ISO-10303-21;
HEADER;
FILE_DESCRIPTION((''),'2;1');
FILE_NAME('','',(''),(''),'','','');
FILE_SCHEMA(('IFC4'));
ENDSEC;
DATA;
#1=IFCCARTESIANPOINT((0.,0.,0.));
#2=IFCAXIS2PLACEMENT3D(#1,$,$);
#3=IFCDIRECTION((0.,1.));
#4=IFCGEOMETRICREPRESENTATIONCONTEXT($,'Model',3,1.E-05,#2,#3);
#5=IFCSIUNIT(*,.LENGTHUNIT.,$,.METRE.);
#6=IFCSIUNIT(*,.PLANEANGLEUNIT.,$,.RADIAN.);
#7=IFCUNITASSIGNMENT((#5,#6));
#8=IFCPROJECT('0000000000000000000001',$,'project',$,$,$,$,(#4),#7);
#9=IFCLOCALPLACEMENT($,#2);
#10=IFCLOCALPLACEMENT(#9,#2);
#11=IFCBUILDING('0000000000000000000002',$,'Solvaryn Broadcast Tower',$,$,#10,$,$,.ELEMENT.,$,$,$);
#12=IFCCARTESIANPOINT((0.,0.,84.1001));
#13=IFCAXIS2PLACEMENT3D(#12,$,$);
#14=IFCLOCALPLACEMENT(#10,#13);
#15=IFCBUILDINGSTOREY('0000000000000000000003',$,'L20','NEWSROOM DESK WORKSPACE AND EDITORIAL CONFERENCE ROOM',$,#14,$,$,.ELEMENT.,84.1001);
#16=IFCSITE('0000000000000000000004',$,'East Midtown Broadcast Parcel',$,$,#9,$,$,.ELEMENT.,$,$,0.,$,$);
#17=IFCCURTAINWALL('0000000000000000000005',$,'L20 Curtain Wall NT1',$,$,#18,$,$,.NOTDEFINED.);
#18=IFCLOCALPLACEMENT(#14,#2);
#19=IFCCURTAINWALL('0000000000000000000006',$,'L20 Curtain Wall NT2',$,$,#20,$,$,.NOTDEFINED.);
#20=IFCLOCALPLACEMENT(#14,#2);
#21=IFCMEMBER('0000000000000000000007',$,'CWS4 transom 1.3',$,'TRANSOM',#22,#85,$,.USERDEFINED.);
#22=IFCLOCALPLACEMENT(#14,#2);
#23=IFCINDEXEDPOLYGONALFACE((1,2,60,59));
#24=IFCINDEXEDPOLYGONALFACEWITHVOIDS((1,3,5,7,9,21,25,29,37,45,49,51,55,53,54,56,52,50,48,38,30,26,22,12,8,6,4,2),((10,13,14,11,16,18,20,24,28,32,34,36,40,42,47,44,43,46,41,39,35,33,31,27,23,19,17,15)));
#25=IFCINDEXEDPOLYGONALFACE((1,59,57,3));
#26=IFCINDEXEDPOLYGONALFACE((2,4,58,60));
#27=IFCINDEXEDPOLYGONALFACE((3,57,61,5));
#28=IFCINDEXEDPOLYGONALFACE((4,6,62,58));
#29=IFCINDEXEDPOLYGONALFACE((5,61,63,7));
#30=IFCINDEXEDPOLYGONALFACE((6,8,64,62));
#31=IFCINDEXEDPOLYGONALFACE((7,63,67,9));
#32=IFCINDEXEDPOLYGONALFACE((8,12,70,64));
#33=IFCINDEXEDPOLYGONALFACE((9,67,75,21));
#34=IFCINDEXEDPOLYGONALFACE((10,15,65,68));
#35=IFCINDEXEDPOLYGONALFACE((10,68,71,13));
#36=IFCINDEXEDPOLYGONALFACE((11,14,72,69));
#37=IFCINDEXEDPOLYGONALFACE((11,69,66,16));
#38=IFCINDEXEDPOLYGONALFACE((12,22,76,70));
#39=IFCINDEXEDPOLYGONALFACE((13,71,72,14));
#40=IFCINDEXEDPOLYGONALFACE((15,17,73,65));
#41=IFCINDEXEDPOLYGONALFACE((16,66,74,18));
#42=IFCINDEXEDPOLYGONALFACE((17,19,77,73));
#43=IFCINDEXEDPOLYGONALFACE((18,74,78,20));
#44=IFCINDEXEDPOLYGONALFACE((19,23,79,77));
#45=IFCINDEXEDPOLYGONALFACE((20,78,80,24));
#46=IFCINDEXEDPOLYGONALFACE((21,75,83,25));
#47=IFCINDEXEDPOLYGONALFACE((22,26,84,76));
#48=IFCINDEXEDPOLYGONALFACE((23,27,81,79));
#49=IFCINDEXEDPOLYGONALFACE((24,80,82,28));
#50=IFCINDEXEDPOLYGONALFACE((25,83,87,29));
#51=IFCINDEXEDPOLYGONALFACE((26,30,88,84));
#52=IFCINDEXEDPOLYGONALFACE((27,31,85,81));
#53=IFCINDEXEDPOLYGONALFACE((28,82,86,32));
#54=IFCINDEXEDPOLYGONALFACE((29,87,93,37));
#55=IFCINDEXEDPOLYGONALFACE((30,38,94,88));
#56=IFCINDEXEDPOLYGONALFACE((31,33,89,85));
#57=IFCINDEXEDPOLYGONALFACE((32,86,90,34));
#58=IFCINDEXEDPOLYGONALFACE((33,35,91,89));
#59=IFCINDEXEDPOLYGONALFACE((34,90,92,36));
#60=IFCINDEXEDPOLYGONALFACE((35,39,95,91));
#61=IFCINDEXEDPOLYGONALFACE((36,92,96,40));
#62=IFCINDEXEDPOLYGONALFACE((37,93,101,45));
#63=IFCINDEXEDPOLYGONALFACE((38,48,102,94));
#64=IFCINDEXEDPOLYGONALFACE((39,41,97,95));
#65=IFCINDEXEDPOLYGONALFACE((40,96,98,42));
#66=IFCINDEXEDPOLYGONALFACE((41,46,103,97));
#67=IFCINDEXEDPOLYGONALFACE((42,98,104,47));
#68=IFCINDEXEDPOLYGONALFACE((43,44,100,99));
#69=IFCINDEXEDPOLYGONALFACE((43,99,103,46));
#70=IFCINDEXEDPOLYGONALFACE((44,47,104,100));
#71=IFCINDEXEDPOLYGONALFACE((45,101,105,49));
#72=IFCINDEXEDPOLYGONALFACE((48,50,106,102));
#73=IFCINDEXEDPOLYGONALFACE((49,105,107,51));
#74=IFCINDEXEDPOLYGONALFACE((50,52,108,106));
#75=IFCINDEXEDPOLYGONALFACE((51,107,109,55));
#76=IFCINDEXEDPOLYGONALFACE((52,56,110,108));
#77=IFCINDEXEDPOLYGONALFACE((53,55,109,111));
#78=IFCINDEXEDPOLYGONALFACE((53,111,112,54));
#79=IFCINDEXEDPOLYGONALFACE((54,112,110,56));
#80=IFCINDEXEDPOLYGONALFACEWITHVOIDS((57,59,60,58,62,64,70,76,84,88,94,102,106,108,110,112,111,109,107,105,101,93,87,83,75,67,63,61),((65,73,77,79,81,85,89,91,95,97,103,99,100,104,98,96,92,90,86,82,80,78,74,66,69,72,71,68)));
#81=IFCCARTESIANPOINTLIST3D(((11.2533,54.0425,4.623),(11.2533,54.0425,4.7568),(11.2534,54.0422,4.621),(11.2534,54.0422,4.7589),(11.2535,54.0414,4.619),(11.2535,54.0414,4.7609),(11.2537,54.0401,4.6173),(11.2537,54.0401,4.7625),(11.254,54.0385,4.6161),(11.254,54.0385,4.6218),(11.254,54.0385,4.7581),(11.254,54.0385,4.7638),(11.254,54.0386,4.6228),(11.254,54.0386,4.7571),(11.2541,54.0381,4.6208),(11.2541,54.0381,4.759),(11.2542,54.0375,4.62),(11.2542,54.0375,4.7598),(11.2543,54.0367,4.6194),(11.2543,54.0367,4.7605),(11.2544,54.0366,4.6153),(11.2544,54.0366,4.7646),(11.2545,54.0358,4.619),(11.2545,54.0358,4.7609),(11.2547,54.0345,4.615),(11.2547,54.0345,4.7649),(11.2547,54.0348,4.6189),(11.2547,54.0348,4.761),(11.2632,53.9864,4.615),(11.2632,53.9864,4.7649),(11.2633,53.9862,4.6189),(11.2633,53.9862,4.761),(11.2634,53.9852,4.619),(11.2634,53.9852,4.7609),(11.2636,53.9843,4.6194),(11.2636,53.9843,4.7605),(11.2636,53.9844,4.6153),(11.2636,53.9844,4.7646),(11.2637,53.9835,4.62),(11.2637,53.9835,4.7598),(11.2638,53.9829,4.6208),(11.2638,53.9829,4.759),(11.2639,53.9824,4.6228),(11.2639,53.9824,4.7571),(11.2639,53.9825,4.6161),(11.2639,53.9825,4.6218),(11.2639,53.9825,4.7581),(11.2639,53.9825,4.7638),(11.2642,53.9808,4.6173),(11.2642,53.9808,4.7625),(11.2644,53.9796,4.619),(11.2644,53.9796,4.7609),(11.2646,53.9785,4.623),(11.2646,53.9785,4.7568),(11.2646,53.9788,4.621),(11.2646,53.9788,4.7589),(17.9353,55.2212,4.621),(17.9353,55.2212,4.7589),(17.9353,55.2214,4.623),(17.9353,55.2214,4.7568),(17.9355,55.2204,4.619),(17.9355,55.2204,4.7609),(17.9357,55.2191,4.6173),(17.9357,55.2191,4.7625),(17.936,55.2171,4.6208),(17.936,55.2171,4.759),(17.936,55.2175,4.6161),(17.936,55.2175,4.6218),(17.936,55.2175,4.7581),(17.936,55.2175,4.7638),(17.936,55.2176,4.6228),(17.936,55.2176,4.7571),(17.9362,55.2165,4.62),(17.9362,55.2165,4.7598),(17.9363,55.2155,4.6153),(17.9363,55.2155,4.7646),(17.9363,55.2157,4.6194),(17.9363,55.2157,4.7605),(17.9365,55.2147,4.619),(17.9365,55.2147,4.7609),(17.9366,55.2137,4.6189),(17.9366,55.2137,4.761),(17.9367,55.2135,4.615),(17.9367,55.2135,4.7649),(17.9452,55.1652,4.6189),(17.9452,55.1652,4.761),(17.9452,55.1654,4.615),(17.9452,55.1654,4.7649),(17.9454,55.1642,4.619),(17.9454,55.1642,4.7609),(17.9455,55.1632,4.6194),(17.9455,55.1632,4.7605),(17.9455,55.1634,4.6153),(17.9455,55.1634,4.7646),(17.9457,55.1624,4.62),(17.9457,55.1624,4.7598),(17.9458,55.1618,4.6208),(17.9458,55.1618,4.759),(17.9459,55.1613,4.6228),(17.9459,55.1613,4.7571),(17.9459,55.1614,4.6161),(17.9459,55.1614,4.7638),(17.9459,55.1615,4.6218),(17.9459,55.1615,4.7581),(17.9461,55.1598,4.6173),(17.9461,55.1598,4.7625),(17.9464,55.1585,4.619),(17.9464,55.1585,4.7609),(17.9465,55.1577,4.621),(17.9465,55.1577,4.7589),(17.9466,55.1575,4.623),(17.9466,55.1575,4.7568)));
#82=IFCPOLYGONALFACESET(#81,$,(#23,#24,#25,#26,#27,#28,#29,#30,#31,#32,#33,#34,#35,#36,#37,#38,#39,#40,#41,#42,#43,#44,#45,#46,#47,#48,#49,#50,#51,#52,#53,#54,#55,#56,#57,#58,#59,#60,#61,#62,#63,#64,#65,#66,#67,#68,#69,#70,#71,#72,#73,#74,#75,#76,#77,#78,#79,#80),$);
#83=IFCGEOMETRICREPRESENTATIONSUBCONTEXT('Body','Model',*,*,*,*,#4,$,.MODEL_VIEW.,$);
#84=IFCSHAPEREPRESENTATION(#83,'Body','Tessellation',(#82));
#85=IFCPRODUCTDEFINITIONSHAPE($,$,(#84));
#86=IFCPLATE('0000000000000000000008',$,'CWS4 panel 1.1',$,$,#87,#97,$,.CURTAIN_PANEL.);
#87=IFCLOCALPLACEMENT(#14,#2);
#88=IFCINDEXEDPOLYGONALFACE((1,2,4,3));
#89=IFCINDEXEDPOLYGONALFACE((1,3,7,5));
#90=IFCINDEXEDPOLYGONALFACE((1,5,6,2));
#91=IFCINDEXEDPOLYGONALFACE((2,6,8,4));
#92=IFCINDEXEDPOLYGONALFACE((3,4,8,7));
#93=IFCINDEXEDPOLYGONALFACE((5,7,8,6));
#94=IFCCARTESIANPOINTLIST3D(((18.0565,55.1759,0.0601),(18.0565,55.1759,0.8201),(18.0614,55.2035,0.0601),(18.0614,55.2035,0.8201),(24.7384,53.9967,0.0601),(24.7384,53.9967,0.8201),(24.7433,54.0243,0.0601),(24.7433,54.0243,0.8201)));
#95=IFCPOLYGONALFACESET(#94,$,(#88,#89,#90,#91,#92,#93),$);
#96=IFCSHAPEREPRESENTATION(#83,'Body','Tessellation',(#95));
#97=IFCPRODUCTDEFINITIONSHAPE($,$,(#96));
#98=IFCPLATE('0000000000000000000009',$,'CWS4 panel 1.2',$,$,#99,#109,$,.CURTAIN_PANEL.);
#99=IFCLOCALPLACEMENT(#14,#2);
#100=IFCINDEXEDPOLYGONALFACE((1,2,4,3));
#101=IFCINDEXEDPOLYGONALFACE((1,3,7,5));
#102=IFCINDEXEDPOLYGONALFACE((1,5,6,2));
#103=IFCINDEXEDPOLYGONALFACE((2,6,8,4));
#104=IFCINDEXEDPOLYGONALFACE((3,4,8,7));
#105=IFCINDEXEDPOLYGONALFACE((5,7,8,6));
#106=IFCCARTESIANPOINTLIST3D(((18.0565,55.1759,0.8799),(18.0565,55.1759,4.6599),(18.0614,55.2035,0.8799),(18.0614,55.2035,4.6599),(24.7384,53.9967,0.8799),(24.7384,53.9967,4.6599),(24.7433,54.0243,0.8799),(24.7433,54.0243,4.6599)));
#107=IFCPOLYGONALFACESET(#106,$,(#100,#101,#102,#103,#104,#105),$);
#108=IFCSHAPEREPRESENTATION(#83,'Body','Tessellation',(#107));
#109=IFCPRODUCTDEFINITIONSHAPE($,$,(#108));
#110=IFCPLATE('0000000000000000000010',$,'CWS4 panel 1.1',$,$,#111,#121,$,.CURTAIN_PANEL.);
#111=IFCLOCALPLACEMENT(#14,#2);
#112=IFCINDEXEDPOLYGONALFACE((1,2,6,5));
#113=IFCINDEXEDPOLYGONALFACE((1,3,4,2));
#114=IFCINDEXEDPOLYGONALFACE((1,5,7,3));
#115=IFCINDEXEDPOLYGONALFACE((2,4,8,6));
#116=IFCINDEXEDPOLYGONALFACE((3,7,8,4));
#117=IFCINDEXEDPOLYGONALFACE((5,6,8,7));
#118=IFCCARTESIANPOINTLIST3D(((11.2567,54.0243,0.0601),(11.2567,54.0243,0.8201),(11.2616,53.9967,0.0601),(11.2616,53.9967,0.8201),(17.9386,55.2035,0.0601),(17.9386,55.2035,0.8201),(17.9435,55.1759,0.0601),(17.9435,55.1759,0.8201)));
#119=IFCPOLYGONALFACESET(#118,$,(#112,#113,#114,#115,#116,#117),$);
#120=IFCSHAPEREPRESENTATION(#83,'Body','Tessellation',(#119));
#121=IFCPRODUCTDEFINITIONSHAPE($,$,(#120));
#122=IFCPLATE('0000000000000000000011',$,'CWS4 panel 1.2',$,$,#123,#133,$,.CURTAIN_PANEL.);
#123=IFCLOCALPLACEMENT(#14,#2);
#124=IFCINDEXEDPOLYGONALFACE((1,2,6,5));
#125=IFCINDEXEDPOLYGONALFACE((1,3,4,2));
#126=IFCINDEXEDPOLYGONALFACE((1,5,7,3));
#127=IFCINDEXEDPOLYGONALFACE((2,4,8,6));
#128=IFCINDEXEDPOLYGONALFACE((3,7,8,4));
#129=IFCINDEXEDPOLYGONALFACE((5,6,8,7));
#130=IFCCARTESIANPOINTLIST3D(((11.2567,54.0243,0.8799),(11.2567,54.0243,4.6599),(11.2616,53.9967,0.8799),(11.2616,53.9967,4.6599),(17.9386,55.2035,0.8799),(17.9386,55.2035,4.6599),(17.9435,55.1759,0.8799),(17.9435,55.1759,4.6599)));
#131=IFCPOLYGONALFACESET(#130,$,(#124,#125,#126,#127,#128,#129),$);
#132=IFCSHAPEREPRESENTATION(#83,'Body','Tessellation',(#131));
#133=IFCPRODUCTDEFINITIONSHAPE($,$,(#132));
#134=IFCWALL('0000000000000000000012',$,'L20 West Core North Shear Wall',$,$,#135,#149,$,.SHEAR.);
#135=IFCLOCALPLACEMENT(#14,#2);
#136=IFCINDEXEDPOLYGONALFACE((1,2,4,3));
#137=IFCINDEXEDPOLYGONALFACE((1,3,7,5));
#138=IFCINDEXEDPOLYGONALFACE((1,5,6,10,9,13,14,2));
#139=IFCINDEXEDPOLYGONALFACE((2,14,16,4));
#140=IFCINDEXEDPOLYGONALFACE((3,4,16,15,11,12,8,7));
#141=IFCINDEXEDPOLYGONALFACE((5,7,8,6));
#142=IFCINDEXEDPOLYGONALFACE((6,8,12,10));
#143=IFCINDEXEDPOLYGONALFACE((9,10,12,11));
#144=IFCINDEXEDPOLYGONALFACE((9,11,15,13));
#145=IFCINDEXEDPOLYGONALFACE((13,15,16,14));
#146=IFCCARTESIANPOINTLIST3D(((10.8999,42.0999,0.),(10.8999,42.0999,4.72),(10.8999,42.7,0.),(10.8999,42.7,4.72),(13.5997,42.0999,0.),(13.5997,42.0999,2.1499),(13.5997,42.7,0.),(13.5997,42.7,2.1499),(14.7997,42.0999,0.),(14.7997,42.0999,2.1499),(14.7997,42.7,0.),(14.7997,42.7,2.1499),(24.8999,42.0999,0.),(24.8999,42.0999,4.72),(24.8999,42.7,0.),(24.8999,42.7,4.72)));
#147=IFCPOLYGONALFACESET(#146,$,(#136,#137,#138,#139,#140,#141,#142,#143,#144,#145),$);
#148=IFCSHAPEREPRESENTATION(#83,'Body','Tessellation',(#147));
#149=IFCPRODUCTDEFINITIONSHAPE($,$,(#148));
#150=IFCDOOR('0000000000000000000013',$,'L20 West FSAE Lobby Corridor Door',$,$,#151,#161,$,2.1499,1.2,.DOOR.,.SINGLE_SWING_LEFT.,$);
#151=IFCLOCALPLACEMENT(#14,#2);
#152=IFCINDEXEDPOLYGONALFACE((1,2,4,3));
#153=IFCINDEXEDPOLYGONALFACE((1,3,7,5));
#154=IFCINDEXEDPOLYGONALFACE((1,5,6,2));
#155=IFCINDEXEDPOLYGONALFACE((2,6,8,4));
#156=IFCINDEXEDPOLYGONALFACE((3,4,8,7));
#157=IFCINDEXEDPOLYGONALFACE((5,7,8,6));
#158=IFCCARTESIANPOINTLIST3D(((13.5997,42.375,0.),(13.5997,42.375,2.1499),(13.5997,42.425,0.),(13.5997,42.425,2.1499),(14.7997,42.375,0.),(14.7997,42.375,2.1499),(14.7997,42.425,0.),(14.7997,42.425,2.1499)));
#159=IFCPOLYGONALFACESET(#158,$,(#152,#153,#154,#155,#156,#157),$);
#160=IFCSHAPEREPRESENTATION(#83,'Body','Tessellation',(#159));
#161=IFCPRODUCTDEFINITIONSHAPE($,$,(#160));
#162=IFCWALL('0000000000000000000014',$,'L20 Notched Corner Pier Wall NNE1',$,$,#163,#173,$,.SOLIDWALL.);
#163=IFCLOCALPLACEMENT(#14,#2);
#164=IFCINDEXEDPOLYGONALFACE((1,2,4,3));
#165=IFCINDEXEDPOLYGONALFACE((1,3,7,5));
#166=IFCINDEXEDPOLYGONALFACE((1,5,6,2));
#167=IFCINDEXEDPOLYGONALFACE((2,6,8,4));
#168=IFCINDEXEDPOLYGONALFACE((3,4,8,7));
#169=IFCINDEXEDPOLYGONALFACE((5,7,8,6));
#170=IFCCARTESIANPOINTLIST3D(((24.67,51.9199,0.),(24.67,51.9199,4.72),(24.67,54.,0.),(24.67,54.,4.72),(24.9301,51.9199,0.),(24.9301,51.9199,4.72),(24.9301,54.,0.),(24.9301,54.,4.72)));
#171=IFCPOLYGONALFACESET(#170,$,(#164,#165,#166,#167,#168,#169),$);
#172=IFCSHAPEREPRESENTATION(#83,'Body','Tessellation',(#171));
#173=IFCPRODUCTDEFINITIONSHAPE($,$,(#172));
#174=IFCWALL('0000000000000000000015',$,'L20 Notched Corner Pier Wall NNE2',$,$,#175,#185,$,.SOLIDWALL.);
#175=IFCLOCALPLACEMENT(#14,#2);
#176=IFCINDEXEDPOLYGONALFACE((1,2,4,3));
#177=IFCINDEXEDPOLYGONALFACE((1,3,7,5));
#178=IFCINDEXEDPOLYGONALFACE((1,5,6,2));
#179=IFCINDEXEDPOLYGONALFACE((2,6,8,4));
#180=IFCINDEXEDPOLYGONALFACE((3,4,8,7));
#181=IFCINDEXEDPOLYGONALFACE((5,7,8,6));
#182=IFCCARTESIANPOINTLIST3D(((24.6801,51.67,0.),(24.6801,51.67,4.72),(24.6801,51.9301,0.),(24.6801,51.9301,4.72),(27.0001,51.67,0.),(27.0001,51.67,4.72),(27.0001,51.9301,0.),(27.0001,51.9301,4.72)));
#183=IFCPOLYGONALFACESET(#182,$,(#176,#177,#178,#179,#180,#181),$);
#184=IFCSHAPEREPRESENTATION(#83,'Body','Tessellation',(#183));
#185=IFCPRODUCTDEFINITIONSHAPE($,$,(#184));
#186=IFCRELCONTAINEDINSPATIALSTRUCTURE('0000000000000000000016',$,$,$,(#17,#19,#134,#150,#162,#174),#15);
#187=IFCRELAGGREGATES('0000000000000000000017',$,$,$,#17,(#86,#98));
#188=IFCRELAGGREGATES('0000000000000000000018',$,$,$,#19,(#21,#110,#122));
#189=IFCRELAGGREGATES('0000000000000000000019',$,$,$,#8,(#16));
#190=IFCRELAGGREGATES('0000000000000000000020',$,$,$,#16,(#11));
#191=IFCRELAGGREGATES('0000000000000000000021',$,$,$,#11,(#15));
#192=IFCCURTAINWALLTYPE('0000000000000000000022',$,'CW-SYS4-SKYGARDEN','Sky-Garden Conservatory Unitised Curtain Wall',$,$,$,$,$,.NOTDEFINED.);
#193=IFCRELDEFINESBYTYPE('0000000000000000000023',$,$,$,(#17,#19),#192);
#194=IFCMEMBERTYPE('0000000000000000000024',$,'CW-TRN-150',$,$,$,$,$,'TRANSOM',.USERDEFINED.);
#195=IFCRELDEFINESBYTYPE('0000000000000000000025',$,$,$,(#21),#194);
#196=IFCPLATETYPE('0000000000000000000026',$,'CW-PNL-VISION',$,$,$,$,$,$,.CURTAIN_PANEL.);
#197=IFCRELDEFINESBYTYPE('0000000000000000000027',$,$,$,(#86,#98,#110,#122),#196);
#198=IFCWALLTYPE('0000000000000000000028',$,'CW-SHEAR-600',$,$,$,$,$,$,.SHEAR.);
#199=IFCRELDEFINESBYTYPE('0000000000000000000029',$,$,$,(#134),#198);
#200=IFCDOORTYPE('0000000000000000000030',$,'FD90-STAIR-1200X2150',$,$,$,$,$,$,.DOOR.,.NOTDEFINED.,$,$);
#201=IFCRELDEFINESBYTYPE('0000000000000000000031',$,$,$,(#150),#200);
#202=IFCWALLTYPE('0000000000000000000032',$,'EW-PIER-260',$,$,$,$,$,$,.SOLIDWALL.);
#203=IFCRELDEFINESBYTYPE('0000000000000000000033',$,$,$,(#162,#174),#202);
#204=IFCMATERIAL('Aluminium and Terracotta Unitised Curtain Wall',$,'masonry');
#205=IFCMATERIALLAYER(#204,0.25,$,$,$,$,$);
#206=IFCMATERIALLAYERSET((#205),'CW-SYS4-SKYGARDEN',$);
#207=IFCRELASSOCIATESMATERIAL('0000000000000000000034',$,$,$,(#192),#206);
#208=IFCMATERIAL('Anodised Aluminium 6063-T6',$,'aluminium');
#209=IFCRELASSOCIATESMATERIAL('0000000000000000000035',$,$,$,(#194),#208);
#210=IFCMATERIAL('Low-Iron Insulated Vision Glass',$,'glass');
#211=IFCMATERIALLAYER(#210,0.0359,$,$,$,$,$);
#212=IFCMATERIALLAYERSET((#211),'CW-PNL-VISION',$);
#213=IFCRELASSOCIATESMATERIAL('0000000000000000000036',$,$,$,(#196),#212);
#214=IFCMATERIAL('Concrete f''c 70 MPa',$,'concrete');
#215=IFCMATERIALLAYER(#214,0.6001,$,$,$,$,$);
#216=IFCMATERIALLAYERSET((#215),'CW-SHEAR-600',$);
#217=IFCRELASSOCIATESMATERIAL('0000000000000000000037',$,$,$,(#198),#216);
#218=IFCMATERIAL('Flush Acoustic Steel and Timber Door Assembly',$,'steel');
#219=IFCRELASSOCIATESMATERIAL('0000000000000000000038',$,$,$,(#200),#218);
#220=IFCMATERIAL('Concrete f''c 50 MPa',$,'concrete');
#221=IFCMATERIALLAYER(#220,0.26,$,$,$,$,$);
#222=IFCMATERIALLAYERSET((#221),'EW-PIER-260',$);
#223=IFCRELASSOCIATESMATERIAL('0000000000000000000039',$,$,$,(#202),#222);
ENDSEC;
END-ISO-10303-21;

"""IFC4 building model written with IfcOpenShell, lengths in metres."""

from ifc_helpers import new_model, si_unit, direction, frame, frame_2d, origin, origin_2d, place, context, subcontext, project, spatial, rectangle, hollow_rectangle, extrude, material, layer, layer_set, material_profile, profile_set, type_object, element, fill, aggregate, save


model = new_model("IFC4")

# Units and contexts
model_context = context("Model", 3, precision=1e-05, world=origin(), true_north=direction((0.0, 1.0)))
body_context = subcontext(model_context, "Body", "Model", "MODEL_VIEW")
ifc_project = project(units=[si_unit("LENGTHUNIT", "METRE"), si_unit("PLANEANGLEUNIT", "RADIAN")], contexts=[model_context])

# Site, building, storey
site_placement = place(None, origin())
site = spatial("IfcSite", under=ifc_project, at=site_placement, Name="East Midtown Broadcast Parcel", CompositionType="ELEMENT", RefElevation=0.0)
building_placement = place(site_placement, origin())
building = spatial("IfcBuilding", under=site, at=building_placement, Name="Solvaryn Broadcast Tower", CompositionType="ELEMENT")
storey_placement = place(building_placement, frame((0.0, 0.0, 84.1001)))
storey = spatial("IfcBuildingStorey", under=building, at=storey_placement, Name="L20", Description="NEWSROOM DESK WORKSPACE AND EDITORIAL CONFERENCE ROOM", CompositionType="ELEMENT", Elevation=84.1001)

# Curtain wall
ifc_material_1 = material(Name="Aluminium and Terracotta Unitised Curtain Wall", Category="masonry")
ifc_layer_1 = layer(ifc_material_1, 0.25)
ifc_layer_set_1 = layer_set([ifc_layer_1], Name="CW-SYS4-SKYGARDEN")
curtain_wall_type = type_object("IfcCurtainWallType", Name="CW-SYS4-SKYGARDEN", Description="Sky-Garden Conservatory Unitised Curtain Wall", PredefinedType="NOTDEFINED", material=ifc_layer_set_1)
curtain_wall_1_placement = place(storey_placement, origin())
curtain_wall_1 = element("IfcCurtainWall", 1, at=curtain_wall_1_placement, inside=storey, type_object=curtain_wall_type, Name="L20 Curtain Wall NT1", PredefinedType="NOTDEFINED")

# Curtain wall
curtain_wall_2_placement = place(storey_placement, origin())
curtain_wall_2 = element("IfcCurtainWall", 2, at=curtain_wall_2_placement, inside=storey, type_object=curtain_wall_type, Name="L20 Curtain Wall NT2", PredefinedType="NOTDEFINED")

# Member
ifc_material_2 = material(Name="Anodised Aluminium 6063-T6", Category="aluminium")
ifc_material_profile_1 = material_profile(ifc_material_2, hollow_rectangle(XDim=0.0649, YDim=0.1499, WallThickness=0.0039, InnerFilletRadius=0.0039, OuterFilletRadius=0.0081, at=origin_2d()))
ifc_profile_set_1 = profile_set([ifc_material_profile_1], Name="Anodised Aluminium 6063-T6")
member_type_1 = type_object("IfcMemberType", Name="CW-TRN-150", ElementType="TRANSOM", PredefinedType="USERDEFINED", material=ifc_profile_set_1)
member_1_placement = place(storey_placement, frame((17.9409, 55.1895, 4.6899), z_axis=(-0.984789, -0.173757, 0.0), x_axis=(0.173757, -0.984789, 0.0)))
member_1 = element("IfcMember", 3, at=member_1_placement, type_object=member_type_1, Name="CWS4 transom 1.3", ObjectType="TRANSOM", PredefinedType="USERDEFINED", context=body_context, shape_type="SweptSolid", body=[
    extrude(hollow_rectangle(XDim=0.0649, YDim=0.1499, WallThickness=0.0039, InnerFilletRadius=0.0039, OuterFilletRadius=0.0081, at=origin_2d()), origin(), (0.0, 0.0, 1.0), 6.7852),
])

# Plates
ifc_material_3 = material(Name="Low-Iron Insulated Vision Glass", Category="glass")
ifc_layer_2 = layer(ifc_material_3, 0.0359)
ifc_layer_set_2 = layer_set([ifc_layer_2], Name="CW-PNL-VISION")
plate_type = type_object("IfcPlateType", Name="CW-PNL-VISION", PredefinedType="CURTAIN_PANEL", material=ifc_layer_set_2)
plate_1_placement = place(storey_placement, frame((21.3999, 54.6001, 0.0601), z_axis=(0.0, 0.0, 1.0), x_axis=(-0.984784, 0.173785, 0.0)))
plate_1 = element("IfcPlate", 4, at=plate_1_placement, type_object=plate_type, Name="CWS4 panel 1.1", PredefinedType="CURTAIN_PANEL", context=body_context, shape_type="SweptSolid", body=[
    extrude(rectangle(XDim=6.7852, YDim=0.0281, at=origin_2d()), origin(), (0.0, 0.0, 1.0), 0.76),
])
plate_2_placement = place(storey_placement, frame((21.3999, 54.6001, 0.8799), z_axis=(0.0, 0.0, 1.0), x_axis=(-0.984784, 0.173785, 0.0)))
plate_2 = element("IfcPlate", 5, at=plate_2_placement, type_object=plate_type, Name="CWS4 panel 1.2", PredefinedType="CURTAIN_PANEL", context=body_context, shape_type="SweptSolid", body=[
    extrude(rectangle(XDim=6.7852, YDim=0.0281, at=origin_2d()), origin(), (0.0, 0.0, 1.0), 3.78),
])
aggregate(curtain_wall_1, [plate_1, plate_2])
plate_3_placement = place(storey_placement, frame((14.6001, 54.6001, 0.0601), z_axis=(0.0, 0.0, 1.0), x_axis=(-0.984784, -0.173785, 0.0)))
plate_3 = element("IfcPlate", 6, at=plate_3_placement, type_object=plate_type, Name="CWS4 panel 1.1", PredefinedType="CURTAIN_PANEL", context=body_context, shape_type="SweptSolid", body=[
    extrude(rectangle(XDim=6.7852, YDim=0.0281, at=origin_2d()), origin(), (0.0, 0.0, 1.0), 0.76),
])
plate_4_placement = place(storey_placement, frame((14.6001, 54.6001, 0.8799), z_axis=(0.0, 0.0, 1.0), x_axis=(-0.984784, -0.173785, 0.0)))
plate_4 = element("IfcPlate", 7, at=plate_4_placement, type_object=plate_type, Name="CWS4 panel 1.2", PredefinedType="CURTAIN_PANEL", context=body_context, shape_type="SweptSolid", body=[
    extrude(rectangle(XDim=6.7852, YDim=0.0281, at=origin_2d()), origin(), (0.0, 0.0, 1.0), 3.78),
])
aggregate(curtain_wall_2, [member_1, plate_3, plate_4])

# Wall, opening, door
ifc_material_4 = material(Name="Concrete f'c 70 MPa", Category="concrete")
ifc_layer_3 = layer(ifc_material_4, 0.6001)
ifc_layer_set_3 = layer_set([ifc_layer_3], Name="CW-SHEAR-600")
wall_type_1 = type_object("IfcWallType", Name="CW-SHEAR-600", PredefinedType="SHEAR", material=ifc_layer_set_3)
wall_1_placement = place(storey_placement, frame((24.8999, 42.3999, 0.0), z_axis=(0.0, 0.0, 1.0), x_axis=(-1.0, 0.0, 0.0)))
wall_1 = element("IfcWall", 8, at=wall_1_placement, inside=storey, type_object=wall_type_1, Name="L20 West Core North Shear Wall", PredefinedType="SHEAR", context=body_context, shape_type="SweptSolid", body=[
    extrude(rectangle(XDim=14.0, YDim=0.6001, at=frame_2d((7.0, 0.0))), origin(), (0.0, 0.0, 1.0), 4.72),
])
opening_1_placement = place(wall_1_placement, frame((10.1001, 0.0, 0.0)))
opening_1 = element("IfcOpeningElement", 9, at=opening_1_placement, cuts=wall_1, PredefinedType="OPENING", context=body_context, shape_type="SweptSolid", body=[
    extrude(rectangle(XDim=1.2, YDim=2.1499, at=frame_2d((0.6001, 1.075))), frame((0.0, 0.3101, 0.0), z_axis=(0.0, -1.0, 0.0), x_axis=(1.0, 0.0, 0.0)), (0.0, 0.0, 1.0), 0.6201),
])
ifc_material_5 = material(Name="Flush Acoustic Steel and Timber Door Assembly", Category="steel")
door_type_1 = type_object("IfcDoorType", Name="FD90-STAIR-1200X2150", OperationType="NOTDEFINED", PredefinedType="DOOR", material=ifc_material_5)
door_1_placement = place(opening_1_placement, origin())
door_1 = element("IfcDoor", 10, at=door_1_placement, inside=storey, type_object=door_type_1, Name="L20 West FSAE Lobby Corridor Door", OperationType="SINGLE_SWING_LEFT", OverallHeight=2.1499, OverallWidth=1.2, PredefinedType="DOOR", context=body_context, shape_type="SweptSolid", body=[
    extrude(rectangle(XDim=1.2, YDim=2.1499, at=frame_2d((0.6001, 1.075))), frame((0.0, 0.0249, 0.0), z_axis=(0.0, -1.0, 0.0), x_axis=(1.0, 0.0, 0.0)), (0.0, 0.0, 1.0), 0.05),
])
fill(opening_1, door_1)

# Walls
ifc_material_6 = material(Name="Concrete f'c 50 MPa", Category="concrete")
ifc_layer_4 = layer(ifc_material_6, 0.26)
ifc_layer_set_4 = layer_set([ifc_layer_4], Name="EW-PIER-260")
wall_type_2 = type_object("IfcWallType", Name="EW-PIER-260", PredefinedType="SOLIDWALL", material=ifc_layer_set_4)
wall_2_placement = place(storey_placement, frame((24.8, 54.0, 0.0), z_axis=(0.0, 0.0, 1.0), x_axis=(0.0, -1.0, 0.0)))
element("IfcWall", 11, at=wall_2_placement, inside=storey, type_object=wall_type_2, Name="L20 Notched Corner Pier Wall NNE1", PredefinedType="SOLIDWALL", context=body_context, shape_type="SweptSolid", body=[
    extrude(rectangle(XDim=2.0801, YDim=0.26, at=frame_2d((1.04, 0.0))), origin(), (0.0, 0.0, 1.0), 4.72),
])
wall_3_placement = place(storey_placement, frame((24.6799, 51.8, 0.0), z_axis=(0.0, 0.0, 1.0), x_axis=(1.0, 0.0, 0.0)))
element("IfcWall", 12, at=wall_3_placement, inside=storey, type_object=wall_type_2, Name="L20 Notched Corner Pier Wall NNE2", PredefinedType="SOLIDWALL", context=body_context, shape_type="SweptSolid", body=[
    extrude(rectangle(XDim=2.3201, YDim=0.26, at=frame_2d((1.1602, 0.0))), origin(), (0.0, 0.0, 1.0), 4.72),
])

save(model, "model.ifc")
